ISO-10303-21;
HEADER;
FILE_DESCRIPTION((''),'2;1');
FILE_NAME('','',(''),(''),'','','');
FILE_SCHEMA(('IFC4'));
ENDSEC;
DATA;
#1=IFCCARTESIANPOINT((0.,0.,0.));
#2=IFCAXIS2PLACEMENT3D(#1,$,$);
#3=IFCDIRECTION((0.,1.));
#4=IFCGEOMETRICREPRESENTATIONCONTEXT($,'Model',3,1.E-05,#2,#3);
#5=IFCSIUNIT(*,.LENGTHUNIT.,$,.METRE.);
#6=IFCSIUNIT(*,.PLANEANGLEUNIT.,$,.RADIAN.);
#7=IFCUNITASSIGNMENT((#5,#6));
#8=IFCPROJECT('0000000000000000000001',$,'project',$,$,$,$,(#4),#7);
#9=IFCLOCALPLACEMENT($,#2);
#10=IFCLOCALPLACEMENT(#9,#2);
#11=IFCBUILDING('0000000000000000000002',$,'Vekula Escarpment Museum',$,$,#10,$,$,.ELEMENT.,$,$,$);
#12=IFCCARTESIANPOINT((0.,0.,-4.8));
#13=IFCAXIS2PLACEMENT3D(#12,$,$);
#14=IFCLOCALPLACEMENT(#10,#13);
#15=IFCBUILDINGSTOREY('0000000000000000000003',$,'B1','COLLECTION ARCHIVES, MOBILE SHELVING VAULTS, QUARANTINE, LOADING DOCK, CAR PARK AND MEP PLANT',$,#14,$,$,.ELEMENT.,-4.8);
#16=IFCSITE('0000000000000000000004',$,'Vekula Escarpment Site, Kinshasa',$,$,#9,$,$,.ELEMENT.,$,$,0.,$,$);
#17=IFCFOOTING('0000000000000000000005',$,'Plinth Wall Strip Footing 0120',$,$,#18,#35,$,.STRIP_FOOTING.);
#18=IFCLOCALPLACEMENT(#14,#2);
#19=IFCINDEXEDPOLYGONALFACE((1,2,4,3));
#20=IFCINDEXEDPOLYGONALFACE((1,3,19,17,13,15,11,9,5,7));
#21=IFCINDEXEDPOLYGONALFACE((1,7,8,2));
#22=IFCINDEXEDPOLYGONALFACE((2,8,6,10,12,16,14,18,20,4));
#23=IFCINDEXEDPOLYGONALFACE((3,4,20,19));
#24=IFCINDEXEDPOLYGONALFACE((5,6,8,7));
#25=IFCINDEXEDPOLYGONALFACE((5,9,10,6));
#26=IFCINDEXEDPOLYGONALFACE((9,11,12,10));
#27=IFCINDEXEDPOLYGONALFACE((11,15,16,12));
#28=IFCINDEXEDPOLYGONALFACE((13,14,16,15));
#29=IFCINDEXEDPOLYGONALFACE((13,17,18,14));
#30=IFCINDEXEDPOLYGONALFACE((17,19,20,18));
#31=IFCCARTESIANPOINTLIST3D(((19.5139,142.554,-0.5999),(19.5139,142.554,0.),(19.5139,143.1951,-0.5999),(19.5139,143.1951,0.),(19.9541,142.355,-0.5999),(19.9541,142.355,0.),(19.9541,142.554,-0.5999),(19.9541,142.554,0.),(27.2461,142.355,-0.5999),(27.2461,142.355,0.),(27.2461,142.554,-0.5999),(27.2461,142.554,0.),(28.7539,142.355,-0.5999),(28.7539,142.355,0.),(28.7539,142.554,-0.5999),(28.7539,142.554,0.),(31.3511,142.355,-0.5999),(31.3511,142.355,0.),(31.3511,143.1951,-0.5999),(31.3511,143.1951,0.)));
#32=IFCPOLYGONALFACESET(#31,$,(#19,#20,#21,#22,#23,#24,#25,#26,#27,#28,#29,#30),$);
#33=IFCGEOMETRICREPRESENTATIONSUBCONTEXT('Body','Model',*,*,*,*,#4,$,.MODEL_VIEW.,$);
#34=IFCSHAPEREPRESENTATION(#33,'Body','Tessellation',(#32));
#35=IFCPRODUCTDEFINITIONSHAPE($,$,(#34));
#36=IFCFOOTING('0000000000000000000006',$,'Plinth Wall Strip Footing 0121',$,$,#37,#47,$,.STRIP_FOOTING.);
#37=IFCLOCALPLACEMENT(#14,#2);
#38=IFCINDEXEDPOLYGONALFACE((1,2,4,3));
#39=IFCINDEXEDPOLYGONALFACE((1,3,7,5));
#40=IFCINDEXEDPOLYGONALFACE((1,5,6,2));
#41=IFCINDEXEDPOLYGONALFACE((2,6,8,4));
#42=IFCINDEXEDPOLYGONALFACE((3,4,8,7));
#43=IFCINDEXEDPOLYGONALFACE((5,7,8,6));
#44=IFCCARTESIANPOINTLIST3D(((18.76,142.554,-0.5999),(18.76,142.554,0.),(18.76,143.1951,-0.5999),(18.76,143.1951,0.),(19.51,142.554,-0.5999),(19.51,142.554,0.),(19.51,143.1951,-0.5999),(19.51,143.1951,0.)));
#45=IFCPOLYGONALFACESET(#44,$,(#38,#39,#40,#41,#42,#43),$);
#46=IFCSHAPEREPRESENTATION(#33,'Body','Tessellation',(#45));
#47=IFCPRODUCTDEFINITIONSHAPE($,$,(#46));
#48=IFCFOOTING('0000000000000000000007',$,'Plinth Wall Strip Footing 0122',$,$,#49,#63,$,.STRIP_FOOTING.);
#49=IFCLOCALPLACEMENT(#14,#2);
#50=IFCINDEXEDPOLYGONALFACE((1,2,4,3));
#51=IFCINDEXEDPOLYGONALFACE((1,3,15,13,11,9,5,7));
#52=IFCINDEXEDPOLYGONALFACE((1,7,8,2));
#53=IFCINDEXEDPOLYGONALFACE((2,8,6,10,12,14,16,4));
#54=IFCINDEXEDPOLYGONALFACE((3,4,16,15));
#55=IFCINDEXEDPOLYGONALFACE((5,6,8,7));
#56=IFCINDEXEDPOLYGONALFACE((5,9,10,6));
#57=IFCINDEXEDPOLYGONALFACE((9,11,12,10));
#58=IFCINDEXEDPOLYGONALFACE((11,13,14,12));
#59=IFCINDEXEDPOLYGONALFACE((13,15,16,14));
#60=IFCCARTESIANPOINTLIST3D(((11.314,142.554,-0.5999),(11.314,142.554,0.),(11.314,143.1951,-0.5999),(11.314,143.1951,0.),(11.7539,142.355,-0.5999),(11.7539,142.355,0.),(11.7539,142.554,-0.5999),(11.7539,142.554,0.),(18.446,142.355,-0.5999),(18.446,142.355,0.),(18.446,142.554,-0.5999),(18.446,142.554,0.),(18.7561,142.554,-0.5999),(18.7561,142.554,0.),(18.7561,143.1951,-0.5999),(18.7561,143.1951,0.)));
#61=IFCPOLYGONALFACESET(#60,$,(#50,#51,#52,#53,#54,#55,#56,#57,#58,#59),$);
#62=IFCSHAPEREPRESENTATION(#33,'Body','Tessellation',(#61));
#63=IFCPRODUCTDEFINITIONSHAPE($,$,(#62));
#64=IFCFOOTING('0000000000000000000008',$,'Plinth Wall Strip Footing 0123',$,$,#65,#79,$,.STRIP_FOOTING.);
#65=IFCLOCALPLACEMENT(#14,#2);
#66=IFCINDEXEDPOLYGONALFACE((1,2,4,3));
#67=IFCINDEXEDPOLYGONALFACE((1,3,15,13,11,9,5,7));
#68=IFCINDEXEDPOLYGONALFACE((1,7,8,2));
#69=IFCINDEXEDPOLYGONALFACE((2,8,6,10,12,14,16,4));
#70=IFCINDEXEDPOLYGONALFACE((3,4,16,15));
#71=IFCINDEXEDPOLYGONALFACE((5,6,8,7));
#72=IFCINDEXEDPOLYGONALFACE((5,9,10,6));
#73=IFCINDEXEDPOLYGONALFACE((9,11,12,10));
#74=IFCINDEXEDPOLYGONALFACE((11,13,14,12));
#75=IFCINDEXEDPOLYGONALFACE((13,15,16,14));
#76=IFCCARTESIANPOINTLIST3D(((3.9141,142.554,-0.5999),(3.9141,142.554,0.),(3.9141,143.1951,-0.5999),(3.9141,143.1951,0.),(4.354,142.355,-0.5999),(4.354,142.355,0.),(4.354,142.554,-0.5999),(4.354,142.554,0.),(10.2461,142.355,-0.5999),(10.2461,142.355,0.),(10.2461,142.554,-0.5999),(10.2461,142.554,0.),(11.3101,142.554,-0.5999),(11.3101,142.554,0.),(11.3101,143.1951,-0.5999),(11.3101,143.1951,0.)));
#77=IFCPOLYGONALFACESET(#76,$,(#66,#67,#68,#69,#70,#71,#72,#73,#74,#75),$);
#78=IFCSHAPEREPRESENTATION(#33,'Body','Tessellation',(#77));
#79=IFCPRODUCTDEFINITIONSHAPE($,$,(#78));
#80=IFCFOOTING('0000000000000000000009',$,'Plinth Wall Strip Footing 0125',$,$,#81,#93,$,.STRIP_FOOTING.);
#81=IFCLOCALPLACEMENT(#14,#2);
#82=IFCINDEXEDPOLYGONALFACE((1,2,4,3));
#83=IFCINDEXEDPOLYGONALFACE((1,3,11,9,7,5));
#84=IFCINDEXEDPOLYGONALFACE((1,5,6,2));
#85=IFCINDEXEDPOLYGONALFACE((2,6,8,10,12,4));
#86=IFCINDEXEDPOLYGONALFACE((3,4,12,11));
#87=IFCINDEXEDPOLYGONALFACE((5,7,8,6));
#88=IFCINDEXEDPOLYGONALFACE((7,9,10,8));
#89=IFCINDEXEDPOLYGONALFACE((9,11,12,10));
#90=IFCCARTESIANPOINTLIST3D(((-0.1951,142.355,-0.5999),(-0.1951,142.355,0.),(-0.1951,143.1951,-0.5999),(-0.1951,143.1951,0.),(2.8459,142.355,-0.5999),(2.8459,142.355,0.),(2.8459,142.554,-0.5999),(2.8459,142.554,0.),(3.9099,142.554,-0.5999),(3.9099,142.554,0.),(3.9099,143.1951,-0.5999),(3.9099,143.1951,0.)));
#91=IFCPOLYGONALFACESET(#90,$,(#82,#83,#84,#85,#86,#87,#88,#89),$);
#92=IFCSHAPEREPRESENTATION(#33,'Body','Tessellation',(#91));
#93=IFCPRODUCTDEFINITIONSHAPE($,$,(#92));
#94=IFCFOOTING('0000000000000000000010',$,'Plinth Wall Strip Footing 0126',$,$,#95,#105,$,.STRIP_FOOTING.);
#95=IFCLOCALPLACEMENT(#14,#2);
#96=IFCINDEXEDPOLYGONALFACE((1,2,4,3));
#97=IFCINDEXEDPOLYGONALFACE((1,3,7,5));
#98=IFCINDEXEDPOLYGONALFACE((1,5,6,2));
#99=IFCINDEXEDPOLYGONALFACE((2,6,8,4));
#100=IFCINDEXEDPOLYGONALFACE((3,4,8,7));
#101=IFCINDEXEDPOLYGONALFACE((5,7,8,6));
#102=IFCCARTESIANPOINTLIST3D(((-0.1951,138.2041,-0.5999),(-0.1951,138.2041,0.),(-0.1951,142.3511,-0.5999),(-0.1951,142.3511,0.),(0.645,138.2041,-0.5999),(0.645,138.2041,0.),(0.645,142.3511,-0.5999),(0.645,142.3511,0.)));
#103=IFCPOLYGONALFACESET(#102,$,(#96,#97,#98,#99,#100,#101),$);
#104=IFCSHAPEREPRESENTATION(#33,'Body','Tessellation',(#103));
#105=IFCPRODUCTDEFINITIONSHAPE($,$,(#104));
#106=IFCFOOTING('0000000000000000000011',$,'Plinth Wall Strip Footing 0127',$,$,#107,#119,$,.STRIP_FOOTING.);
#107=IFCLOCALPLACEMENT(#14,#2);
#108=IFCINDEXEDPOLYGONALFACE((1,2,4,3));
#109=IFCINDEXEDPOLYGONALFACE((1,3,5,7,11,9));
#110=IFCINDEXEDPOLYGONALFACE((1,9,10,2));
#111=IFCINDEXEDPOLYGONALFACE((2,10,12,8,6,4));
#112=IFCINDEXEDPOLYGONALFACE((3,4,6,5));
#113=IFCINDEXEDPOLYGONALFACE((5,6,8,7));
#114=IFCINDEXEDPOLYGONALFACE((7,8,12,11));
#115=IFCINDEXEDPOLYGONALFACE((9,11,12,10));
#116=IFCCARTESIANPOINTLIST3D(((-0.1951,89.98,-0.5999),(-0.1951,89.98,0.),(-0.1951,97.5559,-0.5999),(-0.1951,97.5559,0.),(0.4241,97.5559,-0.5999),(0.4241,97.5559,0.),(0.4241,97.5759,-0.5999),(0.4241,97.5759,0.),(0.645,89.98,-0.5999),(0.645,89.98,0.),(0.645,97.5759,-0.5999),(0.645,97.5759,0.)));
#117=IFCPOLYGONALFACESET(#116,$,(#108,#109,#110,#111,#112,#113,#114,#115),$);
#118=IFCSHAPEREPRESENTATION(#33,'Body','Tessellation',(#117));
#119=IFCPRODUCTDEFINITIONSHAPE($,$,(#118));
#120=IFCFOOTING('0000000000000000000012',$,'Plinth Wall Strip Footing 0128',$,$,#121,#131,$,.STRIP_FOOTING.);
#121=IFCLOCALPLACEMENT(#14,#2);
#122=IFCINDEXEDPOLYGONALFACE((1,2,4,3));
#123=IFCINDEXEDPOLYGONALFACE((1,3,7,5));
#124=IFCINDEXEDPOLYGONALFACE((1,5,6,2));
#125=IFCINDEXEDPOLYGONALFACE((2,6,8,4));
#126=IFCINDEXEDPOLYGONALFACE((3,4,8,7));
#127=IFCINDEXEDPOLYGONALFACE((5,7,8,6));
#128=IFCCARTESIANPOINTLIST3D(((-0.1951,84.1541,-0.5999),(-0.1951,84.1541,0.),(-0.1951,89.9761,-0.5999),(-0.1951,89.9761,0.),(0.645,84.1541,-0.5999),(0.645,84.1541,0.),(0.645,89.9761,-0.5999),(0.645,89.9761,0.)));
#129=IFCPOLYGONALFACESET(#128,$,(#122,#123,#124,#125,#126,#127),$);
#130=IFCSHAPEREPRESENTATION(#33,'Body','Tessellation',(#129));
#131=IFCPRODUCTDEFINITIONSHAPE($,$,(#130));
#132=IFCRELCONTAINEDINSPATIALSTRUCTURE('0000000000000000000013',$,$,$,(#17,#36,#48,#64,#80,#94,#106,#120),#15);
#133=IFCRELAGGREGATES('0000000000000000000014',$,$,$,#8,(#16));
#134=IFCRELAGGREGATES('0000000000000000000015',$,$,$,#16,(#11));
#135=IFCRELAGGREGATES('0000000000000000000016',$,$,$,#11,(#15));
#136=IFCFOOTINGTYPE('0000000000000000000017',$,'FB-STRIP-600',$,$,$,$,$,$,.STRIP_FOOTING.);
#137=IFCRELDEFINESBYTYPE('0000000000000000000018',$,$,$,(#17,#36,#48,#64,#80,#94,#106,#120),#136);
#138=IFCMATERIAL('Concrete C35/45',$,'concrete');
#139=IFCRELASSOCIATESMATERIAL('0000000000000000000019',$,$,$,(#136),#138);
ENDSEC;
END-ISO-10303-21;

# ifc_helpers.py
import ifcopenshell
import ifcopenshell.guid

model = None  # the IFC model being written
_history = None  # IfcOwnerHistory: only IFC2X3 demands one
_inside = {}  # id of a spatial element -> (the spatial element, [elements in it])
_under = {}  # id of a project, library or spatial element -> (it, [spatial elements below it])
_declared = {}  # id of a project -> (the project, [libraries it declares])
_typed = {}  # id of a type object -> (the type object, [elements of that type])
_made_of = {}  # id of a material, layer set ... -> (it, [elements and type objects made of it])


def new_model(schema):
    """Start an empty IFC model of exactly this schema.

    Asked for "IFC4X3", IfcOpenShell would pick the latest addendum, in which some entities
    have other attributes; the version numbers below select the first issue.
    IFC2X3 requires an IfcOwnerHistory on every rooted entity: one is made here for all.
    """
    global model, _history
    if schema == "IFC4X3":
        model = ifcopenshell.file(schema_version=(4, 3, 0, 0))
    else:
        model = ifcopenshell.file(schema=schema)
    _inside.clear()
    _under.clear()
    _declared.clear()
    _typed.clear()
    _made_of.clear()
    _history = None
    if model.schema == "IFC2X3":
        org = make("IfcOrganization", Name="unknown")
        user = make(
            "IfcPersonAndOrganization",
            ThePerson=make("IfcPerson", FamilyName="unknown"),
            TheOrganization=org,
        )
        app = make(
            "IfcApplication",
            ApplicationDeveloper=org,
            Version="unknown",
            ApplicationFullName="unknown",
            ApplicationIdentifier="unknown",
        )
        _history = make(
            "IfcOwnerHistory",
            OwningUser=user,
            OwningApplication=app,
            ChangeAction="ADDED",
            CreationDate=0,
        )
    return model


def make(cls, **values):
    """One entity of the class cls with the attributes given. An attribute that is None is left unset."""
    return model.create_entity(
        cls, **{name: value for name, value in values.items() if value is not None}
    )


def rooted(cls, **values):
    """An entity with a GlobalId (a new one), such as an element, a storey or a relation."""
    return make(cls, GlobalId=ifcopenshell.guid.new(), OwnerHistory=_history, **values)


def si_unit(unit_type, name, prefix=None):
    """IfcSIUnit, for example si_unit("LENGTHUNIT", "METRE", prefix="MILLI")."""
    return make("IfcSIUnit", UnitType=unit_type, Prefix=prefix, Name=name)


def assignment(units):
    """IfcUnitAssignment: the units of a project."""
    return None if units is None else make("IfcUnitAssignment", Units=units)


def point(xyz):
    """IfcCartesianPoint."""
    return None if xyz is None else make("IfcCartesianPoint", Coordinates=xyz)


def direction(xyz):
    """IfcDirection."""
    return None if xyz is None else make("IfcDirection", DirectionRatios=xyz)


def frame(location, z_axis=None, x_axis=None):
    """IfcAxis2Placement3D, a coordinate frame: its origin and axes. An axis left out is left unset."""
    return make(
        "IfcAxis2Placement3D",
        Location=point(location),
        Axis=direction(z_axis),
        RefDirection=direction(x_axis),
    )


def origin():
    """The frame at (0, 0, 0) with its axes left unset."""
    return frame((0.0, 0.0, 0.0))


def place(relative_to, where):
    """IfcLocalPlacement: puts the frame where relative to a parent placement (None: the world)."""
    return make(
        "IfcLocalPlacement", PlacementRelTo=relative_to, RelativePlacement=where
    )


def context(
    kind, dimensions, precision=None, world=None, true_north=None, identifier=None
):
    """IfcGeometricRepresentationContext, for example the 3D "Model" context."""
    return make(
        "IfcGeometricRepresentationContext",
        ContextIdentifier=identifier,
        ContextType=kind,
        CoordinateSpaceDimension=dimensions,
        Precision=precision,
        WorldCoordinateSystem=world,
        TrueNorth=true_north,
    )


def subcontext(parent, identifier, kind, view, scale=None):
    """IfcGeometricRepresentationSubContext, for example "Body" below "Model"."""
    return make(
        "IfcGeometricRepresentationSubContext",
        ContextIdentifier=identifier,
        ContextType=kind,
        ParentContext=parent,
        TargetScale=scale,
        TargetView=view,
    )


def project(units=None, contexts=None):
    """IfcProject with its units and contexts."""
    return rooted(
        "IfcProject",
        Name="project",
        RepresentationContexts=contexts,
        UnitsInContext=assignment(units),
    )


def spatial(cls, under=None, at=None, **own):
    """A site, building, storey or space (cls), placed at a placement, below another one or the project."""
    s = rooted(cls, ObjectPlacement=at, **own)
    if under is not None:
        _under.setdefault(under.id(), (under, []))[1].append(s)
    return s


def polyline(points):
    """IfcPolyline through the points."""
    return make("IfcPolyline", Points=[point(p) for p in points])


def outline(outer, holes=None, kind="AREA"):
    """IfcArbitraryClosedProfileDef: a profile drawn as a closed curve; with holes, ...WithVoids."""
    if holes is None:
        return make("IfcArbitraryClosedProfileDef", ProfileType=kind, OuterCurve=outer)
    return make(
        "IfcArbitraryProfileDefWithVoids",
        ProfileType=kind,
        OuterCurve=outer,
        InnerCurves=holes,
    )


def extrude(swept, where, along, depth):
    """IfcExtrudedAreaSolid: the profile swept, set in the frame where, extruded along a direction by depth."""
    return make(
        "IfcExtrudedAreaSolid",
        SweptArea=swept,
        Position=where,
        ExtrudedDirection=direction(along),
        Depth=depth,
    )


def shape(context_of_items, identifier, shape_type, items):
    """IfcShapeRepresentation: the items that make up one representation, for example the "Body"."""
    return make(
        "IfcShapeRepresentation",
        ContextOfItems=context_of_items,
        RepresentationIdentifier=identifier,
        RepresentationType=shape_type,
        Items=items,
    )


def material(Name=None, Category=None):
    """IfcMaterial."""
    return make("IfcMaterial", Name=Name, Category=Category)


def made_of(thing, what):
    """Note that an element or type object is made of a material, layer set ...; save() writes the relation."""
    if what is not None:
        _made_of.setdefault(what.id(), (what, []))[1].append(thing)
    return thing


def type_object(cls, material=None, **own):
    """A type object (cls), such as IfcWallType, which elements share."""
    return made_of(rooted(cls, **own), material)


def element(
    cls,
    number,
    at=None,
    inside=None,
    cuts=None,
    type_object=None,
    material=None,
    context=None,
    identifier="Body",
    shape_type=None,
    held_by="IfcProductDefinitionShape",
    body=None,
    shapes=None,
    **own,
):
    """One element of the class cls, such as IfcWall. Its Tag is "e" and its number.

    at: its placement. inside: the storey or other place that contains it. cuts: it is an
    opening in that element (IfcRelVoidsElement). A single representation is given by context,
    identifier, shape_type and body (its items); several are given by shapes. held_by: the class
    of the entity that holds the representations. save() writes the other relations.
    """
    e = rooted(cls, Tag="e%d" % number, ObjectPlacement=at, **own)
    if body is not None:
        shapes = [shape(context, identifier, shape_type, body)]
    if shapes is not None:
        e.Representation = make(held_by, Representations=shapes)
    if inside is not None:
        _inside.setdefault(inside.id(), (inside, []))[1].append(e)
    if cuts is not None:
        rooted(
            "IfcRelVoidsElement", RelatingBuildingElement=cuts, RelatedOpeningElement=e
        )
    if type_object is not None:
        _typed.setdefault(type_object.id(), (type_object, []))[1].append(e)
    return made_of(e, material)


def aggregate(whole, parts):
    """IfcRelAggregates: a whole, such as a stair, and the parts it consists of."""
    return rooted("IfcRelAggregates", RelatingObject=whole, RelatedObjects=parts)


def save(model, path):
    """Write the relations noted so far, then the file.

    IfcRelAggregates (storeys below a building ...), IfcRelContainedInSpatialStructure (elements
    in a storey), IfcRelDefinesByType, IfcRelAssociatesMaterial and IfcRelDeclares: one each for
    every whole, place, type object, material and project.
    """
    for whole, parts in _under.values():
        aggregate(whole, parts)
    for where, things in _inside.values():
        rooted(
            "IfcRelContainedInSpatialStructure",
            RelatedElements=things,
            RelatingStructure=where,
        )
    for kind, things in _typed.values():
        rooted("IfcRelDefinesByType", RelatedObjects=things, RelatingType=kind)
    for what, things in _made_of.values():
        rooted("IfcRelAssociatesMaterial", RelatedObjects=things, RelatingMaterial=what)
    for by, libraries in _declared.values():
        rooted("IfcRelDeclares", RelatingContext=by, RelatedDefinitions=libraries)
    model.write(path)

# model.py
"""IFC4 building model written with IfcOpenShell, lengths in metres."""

from ifc_helpers import new_model, si_unit, direction, frame, origin, place, context, subcontext, project, spatial, polyline, outline, extrude, material, type_object, element, save


model = new_model("IFC4")

# Units and contexts
model_context = context("Model", 3, precision=1e-05, world=origin(), true_north=direction((0.0, 1.0)))
body_context = subcontext(model_context, "Body", "Model", "MODEL_VIEW")
ifc_project = project(units=[si_unit("LENGTHUNIT", "METRE"), si_unit("PLANEANGLEUNIT", "RADIAN")], contexts=[model_context])

# Site, building, storey
site_placement = place(None, origin())
site = spatial("IfcSite", under=ifc_project, at=site_placement, Name="Vekula Escarpment Site, Kinshasa", CompositionType="ELEMENT", RefElevation=0.0)
building_placement = place(site_placement, origin())
building = spatial("IfcBuilding", under=site, at=building_placement, Name="Vekula Escarpment Museum", CompositionType="ELEMENT")
storey_placement = place(building_placement, frame((0.0, 0.0, -4.8)))
storey = spatial("IfcBuildingStorey", under=building, at=storey_placement, Name="B1", Description="COLLECTION ARCHIVES, MOBILE SHELVING VAULTS, QUARANTINE, LOADING DOCK, CAR PARK AND MEP PLANT", CompositionType="ELEMENT", Elevation=-4.8)

# Footings
ifc_material = material(Name="Concrete C35/45", Category="concrete")
footing_type = type_object("IfcFootingType", Name="FB-STRIP-600", PredefinedType="STRIP_FOOTING", material=ifc_material)
footing_1_placement = place(storey_placement, frame((0.0, 0.0, -0.5999)))
element("IfcFooting", 1, at=footing_1_placement, inside=storey, type_object=footing_type, Name="Plinth Wall Strip Footing 0120", PredefinedType="STRIP_FOOTING", context=body_context, shape_type="SweptSolid", body=[
    extrude(outline(polyline([(19.9541, 142.355), (19.9541, 142.554), (19.5139, 142.554), (19.5139, 143.1951), (31.3511, 143.1951), (31.3511, 142.355), (28.7539, 142.355), (28.7539, 142.554), (27.2461, 142.554), (27.2461, 142.355), (19.9541, 142.355)])), origin(), (0.0, 0.0, 1.0), 0.5999),
])
footing_2_placement = place(storey_placement, frame((0.0, 0.0, -0.5999)))
element("IfcFooting", 2, at=footing_2_placement, inside=storey, type_object=footing_type, Name="Plinth Wall Strip Footing 0121", PredefinedType="STRIP_FOOTING", context=body_context, shape_type="SweptSolid", body=[
    extrude(outline(polyline([(18.76, 143.1951), (19.51, 143.1951), (19.51, 142.554), (18.76, 142.554), (18.76, 143.1951)])), origin(), (0.0, 0.0, 1.0), 0.5999),
])
footing_3_placement = place(storey_placement, frame((0.0, 0.0, -0.5999)))
element("IfcFooting", 3, at=footing_3_placement, inside=storey, type_object=footing_type, Name="Plinth Wall Strip Footing 0122", PredefinedType="STRIP_FOOTING", context=body_context, shape_type="SweptSolid", body=[
    extrude(outline(polyline([(11.7539, 142.355), (11.7539, 142.554), (11.314, 142.554), (11.314, 143.1951), (18.7561, 143.1951), (18.7561, 142.554), (18.446, 142.554), (18.446, 142.355), (11.7539, 142.355)])), origin(), (0.0, 0.0, 1.0), 0.5999),
])
footing_4_placement = place(storey_placement, frame((0.0, 0.0, -0.5999)))
element("IfcFooting", 4, at=footing_4_placement, inside=storey, type_object=footing_type, Name="Plinth Wall Strip Footing 0123", PredefinedType="STRIP_FOOTING", context=body_context, shape_type="SweptSolid", body=[
    extrude(outline(polyline([(4.354, 142.355), (4.354, 142.554), (3.9141, 142.554), (3.9141, 143.1951), (11.3101, 143.1951), (11.3101, 142.554), (10.2461, 142.554), (10.2461, 142.355), (4.354, 142.355)])), origin(), (0.0, 0.0, 1.0), 0.5999),
])
footing_5_placement = place(storey_placement, frame((0.0, 0.0, -0.5999)))
element("IfcFooting", 5, at=footing_5_placement, inside=storey, type_object=footing_type, Name="Plinth Wall Strip Footing 0125", PredefinedType="STRIP_FOOTING", context=body_context, shape_type="SweptSolid", body=[
    extrude(outline(polyline([(-0.1951, 142.355), (-0.1951, 143.1951), (3.9099, 143.1951), (3.9099, 142.554), (2.8459, 142.554), (2.8459, 142.355), (-0.1951, 142.355)])), origin(), (0.0, 0.0, 1.0), 0.5999),
])
footing_6_placement = place(storey_placement, frame((0.0, 0.0, -0.5999)))
element("IfcFooting", 6, at=footing_6_placement, inside=storey, type_object=footing_type, Name="Plinth Wall Strip Footing 0126", PredefinedType="STRIP_FOOTING", context=body_context, shape_type="SweptSolid", body=[
    extrude(outline(polyline([(0.645, 138.2041), (-0.1951, 138.2041), (-0.1951, 142.3511), (0.645, 142.3511), (0.645, 138.2041)])), origin(), (0.0, 0.0, 1.0), 0.5999),
])
footing_7_placement = place(storey_placement, frame((0.0, 0.0, -0.5999)))
element("IfcFooting", 7, at=footing_7_placement, inside=storey, type_object=footing_type, Name="Plinth Wall Strip Footing 0127", PredefinedType="STRIP_FOOTING", context=body_context, shape_type="SweptSolid", body=[
    extrude(outline(polyline([(0.645, 89.98), (-0.1951, 89.98), (-0.1951, 97.5559), (0.4241, 97.5559), (0.4241, 97.5759), (0.645, 97.5759), (0.645, 89.98)])), origin(), (0.0, 0.0, 1.0), 0.5999),
])
footing_8_placement = place(storey_placement, frame((0.0, 0.0, -0.5999)))
element("IfcFooting", 8, at=footing_8_placement, inside=storey, type_object=footing_type, Name="Plinth Wall Strip Footing 0128", PredefinedType="STRIP_FOOTING", context=body_context, shape_type="SweptSolid", body=[
    extrude(outline(polyline([(0.645, 84.1541), (-0.1951, 84.1541), (-0.1951, 89.9761), (0.645, 89.9761), (0.645, 84.1541)])), origin(), (0.0, 0.0, 1.0), 0.5999),
])

save(model, "model.ifc")
